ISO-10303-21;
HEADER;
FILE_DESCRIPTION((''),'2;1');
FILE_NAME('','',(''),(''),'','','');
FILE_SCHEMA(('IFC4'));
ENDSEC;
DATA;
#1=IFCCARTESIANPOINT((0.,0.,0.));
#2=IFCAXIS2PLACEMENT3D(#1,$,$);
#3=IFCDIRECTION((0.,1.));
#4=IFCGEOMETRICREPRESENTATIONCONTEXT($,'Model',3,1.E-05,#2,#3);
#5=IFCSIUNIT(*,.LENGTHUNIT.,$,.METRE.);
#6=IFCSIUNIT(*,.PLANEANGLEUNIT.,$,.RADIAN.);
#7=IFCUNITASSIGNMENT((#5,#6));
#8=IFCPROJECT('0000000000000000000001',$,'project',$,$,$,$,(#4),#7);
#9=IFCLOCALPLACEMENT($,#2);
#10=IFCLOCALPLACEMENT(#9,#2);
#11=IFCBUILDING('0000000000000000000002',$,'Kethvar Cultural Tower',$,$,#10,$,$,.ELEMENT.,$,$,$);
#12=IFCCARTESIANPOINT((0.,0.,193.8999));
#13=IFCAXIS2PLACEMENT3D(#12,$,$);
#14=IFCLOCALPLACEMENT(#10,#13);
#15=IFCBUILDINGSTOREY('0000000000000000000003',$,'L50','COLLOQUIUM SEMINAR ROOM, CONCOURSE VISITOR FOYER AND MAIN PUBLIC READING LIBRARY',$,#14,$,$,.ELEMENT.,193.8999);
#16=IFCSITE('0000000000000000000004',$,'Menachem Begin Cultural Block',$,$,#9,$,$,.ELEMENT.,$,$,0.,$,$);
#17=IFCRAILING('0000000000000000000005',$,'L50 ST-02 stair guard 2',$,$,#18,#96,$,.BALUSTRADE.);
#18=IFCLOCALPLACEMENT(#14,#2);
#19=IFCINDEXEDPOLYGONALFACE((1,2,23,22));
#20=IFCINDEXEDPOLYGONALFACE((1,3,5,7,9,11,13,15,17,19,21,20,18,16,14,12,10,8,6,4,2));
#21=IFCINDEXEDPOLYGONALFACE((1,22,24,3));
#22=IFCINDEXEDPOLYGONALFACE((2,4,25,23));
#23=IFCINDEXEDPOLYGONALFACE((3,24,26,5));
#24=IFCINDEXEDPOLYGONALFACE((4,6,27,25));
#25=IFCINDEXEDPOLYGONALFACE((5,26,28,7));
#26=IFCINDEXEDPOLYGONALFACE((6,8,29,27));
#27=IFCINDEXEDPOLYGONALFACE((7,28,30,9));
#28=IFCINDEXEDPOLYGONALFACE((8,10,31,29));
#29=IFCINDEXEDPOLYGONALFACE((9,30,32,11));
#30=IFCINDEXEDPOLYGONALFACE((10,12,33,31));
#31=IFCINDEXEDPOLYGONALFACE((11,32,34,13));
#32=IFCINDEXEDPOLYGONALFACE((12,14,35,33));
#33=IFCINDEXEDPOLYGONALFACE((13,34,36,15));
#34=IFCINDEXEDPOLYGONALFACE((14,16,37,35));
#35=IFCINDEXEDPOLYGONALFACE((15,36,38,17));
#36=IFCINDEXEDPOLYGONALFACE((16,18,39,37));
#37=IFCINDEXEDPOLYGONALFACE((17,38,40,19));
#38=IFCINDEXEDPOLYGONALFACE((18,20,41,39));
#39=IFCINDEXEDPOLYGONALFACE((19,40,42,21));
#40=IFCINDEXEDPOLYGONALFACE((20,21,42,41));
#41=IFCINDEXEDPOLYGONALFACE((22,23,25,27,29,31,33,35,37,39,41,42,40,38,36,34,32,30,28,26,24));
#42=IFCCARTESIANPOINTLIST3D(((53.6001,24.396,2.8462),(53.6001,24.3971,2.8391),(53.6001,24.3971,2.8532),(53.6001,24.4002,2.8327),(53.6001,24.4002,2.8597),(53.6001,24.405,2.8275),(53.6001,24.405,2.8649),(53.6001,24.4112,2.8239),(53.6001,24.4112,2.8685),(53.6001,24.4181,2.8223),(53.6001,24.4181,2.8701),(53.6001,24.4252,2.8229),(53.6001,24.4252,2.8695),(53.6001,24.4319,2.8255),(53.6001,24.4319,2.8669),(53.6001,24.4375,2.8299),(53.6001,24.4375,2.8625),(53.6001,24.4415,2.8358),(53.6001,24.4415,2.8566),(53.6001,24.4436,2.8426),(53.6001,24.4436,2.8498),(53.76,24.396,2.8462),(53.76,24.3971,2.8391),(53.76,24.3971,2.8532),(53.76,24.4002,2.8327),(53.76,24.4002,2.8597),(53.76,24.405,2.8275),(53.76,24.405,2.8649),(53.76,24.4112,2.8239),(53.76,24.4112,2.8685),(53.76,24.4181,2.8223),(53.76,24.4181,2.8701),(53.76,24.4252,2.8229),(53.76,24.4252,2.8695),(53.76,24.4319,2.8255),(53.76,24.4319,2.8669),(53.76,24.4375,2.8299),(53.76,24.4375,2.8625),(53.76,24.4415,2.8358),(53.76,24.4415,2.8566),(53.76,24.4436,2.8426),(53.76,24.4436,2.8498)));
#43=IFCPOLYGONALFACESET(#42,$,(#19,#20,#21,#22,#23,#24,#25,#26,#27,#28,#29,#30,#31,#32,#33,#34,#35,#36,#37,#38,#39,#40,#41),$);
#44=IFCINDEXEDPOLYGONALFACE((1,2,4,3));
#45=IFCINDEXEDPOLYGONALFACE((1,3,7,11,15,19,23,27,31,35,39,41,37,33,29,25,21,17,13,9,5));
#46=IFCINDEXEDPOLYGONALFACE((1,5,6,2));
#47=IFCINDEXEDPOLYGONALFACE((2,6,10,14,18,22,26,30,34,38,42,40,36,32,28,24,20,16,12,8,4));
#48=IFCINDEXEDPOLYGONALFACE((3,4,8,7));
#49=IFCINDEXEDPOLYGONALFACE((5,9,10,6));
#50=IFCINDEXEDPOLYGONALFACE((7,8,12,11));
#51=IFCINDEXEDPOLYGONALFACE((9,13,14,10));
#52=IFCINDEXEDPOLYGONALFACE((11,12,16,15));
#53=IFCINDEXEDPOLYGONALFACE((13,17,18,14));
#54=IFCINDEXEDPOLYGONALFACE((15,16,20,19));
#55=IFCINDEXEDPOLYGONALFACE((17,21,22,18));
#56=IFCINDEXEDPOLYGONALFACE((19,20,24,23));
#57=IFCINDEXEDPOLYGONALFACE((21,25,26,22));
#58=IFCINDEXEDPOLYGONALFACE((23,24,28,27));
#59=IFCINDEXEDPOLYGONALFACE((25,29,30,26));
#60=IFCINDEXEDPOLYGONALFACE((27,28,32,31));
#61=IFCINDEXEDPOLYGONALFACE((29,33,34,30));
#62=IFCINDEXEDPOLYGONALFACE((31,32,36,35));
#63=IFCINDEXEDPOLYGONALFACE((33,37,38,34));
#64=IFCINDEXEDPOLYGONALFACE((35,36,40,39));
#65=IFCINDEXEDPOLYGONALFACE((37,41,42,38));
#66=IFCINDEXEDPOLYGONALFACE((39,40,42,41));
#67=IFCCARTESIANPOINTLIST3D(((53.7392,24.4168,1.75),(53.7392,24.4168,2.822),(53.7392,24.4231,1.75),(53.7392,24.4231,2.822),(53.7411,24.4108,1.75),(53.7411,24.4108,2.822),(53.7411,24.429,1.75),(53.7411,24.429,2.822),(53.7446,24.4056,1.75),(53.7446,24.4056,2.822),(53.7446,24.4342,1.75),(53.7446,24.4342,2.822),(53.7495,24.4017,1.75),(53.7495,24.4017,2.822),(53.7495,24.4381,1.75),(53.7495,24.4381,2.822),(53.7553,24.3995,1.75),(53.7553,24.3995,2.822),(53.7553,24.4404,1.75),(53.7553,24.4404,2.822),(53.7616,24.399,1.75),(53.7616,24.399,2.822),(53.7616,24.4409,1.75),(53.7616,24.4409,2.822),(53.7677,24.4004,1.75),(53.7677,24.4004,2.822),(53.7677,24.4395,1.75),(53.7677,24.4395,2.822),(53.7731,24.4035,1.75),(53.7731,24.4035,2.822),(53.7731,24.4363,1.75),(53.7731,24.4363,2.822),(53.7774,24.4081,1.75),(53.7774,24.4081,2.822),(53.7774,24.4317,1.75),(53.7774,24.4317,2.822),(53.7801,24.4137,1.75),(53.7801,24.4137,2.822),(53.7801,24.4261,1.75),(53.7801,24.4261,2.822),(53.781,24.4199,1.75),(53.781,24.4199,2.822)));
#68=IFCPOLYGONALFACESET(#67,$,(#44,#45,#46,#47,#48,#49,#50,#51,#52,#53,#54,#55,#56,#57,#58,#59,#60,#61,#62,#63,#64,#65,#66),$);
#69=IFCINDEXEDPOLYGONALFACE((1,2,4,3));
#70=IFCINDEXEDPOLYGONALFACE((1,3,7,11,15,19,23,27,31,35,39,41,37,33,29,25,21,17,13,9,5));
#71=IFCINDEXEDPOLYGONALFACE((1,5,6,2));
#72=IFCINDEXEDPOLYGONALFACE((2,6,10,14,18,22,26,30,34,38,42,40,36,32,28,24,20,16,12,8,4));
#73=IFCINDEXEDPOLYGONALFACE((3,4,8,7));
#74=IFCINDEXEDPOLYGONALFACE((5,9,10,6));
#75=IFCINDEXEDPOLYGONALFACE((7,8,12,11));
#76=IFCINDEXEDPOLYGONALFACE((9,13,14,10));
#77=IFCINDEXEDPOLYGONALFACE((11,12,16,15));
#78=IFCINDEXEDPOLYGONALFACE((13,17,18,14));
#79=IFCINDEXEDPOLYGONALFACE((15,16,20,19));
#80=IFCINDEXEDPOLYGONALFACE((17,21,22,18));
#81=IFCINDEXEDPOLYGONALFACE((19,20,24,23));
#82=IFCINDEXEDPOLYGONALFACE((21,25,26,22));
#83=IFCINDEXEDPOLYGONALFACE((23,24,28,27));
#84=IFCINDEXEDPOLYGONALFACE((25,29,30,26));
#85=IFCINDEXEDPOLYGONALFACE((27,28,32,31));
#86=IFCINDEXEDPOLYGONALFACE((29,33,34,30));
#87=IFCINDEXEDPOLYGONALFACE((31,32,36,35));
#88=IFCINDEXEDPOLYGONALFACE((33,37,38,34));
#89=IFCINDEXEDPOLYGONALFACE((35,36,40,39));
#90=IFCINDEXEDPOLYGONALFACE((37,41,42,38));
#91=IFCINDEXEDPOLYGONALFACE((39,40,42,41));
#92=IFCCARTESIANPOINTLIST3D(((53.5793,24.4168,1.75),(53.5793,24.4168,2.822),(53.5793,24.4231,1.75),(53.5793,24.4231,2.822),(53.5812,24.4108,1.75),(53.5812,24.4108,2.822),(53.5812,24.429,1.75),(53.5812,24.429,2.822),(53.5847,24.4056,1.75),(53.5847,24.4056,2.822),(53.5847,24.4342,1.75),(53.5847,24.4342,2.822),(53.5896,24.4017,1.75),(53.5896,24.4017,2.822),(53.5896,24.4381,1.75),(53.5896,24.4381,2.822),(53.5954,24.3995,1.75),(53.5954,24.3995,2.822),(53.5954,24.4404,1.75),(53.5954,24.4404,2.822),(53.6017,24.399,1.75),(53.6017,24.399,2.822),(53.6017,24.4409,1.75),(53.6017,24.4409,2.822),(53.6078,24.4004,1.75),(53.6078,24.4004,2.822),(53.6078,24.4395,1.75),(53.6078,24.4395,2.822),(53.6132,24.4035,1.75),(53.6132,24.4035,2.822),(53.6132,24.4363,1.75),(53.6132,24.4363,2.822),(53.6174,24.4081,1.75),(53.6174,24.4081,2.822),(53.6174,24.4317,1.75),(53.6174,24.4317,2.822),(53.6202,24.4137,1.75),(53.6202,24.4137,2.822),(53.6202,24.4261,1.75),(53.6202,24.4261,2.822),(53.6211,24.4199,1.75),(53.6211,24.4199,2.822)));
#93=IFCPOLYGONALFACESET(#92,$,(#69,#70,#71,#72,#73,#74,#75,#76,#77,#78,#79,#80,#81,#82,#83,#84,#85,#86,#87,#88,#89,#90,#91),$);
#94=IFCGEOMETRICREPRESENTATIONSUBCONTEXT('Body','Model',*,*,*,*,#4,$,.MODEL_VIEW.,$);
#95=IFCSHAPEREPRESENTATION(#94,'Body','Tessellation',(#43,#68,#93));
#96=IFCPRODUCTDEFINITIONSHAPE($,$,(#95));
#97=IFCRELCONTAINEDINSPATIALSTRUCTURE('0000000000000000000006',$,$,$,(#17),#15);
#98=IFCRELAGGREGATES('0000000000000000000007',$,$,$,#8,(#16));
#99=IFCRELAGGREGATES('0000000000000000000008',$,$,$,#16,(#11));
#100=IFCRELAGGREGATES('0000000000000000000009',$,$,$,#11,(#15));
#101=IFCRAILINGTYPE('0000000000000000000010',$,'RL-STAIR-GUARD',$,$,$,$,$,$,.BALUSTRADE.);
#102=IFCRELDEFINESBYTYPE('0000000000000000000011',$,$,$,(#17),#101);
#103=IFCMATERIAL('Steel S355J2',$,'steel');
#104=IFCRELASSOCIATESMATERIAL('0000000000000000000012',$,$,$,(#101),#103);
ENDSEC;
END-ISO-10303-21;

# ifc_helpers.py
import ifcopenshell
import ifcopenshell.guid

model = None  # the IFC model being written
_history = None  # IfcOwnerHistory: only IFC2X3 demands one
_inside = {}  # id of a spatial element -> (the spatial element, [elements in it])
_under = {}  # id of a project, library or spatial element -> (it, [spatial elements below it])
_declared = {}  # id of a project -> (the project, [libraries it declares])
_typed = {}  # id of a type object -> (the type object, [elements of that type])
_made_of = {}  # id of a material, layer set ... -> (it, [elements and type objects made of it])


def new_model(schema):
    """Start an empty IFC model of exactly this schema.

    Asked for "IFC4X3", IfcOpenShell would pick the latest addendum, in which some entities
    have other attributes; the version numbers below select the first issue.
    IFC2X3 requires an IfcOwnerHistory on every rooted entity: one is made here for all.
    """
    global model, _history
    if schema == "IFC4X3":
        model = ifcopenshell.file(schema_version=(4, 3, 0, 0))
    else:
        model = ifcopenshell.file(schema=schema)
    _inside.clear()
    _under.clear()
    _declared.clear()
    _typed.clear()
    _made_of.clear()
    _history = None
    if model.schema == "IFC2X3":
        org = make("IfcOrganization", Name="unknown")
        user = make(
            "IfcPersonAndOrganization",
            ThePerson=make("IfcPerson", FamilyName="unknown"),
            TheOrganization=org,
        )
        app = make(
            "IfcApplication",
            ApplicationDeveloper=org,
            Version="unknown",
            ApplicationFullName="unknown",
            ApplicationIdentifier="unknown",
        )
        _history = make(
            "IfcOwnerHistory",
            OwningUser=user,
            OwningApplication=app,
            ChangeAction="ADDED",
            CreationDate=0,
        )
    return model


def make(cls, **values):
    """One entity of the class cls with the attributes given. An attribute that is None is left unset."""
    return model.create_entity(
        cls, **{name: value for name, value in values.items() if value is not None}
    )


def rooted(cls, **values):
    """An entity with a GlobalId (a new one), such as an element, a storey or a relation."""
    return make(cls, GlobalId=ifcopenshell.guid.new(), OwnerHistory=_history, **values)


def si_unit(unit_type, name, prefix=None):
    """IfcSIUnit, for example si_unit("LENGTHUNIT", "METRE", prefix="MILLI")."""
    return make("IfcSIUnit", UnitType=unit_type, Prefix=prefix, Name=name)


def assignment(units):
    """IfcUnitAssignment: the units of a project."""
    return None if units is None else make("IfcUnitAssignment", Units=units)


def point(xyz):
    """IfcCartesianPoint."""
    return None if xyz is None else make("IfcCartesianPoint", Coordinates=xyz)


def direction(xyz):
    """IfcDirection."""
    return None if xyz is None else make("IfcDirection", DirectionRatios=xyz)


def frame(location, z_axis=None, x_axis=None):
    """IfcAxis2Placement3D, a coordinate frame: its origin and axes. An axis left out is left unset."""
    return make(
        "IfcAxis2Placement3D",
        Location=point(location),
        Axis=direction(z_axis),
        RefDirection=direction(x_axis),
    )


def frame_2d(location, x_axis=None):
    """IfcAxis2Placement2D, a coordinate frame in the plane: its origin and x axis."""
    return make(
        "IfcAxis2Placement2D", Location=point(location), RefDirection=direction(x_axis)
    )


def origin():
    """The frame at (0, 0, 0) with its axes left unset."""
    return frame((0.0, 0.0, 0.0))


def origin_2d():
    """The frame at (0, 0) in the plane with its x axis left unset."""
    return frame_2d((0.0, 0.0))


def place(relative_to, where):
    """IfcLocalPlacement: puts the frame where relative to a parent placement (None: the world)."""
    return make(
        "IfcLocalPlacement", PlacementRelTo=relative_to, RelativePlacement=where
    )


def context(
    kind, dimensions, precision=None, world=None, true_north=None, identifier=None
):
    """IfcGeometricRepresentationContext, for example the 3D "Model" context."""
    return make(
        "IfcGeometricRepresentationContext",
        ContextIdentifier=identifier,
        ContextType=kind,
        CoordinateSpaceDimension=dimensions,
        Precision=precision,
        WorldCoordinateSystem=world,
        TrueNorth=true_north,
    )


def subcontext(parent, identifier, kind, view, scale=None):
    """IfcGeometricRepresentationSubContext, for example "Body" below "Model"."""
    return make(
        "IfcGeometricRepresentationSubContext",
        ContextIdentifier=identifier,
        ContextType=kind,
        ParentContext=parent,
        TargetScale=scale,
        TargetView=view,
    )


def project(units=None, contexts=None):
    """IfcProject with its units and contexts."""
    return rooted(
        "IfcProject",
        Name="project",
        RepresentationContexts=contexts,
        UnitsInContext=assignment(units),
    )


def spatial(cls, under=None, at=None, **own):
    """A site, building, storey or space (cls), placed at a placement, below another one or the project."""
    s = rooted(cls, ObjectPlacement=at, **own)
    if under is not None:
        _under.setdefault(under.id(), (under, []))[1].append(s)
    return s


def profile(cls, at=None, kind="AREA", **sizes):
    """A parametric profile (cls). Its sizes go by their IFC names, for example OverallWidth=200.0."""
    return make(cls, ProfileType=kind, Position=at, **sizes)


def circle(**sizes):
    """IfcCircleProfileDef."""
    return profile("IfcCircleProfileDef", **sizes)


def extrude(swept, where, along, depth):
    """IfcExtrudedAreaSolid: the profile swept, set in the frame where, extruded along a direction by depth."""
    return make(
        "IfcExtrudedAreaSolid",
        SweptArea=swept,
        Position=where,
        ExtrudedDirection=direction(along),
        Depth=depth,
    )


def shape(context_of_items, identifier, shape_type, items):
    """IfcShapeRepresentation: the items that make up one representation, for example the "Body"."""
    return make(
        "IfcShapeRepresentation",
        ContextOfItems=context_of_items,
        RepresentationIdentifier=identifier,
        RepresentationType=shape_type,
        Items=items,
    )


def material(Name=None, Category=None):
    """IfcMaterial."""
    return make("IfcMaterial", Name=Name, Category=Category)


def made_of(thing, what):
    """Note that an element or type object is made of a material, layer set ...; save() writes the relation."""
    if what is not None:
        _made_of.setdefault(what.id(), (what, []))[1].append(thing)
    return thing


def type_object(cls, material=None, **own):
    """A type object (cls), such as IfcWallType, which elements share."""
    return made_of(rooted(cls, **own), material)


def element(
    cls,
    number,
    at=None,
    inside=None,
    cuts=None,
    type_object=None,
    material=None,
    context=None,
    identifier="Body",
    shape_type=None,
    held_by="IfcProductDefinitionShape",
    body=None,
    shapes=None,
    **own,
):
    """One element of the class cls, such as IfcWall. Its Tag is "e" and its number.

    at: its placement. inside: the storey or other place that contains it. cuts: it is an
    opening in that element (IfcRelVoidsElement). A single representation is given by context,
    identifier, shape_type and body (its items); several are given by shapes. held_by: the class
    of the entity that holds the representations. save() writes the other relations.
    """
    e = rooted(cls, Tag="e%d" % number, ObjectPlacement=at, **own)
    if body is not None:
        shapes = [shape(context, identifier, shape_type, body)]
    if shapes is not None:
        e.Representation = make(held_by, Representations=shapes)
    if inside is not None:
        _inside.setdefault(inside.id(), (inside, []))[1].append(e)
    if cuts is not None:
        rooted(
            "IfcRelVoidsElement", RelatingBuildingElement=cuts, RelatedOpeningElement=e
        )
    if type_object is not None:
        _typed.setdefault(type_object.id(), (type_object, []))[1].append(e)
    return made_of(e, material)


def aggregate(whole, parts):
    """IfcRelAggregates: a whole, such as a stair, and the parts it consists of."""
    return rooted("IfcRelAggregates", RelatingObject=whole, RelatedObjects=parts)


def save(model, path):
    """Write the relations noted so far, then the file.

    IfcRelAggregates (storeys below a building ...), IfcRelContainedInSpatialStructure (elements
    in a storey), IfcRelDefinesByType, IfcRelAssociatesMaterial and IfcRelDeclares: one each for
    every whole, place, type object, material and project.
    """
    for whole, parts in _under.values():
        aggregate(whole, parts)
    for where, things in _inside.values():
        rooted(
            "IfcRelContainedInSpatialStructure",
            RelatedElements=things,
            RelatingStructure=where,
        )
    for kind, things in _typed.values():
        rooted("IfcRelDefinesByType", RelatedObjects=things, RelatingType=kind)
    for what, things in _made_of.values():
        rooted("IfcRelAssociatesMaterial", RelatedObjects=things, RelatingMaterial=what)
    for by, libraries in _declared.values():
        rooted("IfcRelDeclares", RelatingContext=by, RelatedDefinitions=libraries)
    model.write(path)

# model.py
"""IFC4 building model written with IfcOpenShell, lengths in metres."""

from ifc_helpers import new_model, si_unit, direction, frame, origin, origin_2d, place, context, subcontext, project, spatial, circle, extrude, material, type_object, element, save


model = new_model("IFC4")

# Units and contexts
model_context = context("Model", 3, precision=1e-05, world=origin(), true_north=direction((0.0, 1.0)))
body_context = subcontext(model_context, "Body", "Model", "MODEL_VIEW")
ifc_project = project(units=[si_unit("LENGTHUNIT", "METRE"), si_unit("PLANEANGLEUNIT", "RADIAN")], contexts=[model_context])

# Site, building, storey
site_placement = place(None, origin())
site = spatial("IfcSite", under=ifc_project, at=site_placement, Name="Menachem Begin Cultural Block", CompositionType="ELEMENT", RefElevation=0.0)
building_placement = place(site_placement, origin())
building = spatial("IfcBuilding", under=site, at=building_placement, Name="Kethvar Cultural Tower", CompositionType="ELEMENT")
storey_placement = place(building_placement, frame((0.0, 0.0, 193.8999)))
storey = spatial("IfcBuildingStorey", under=building, at=storey_placement, Name="L50", Description="COLLOQUIUM SEMINAR ROOM, CONCOURSE VISITOR FOYER AND MAIN PUBLIC READING LIBRARY", CompositionType="ELEMENT", Elevation=193.8999)

# Shared definitions
ifc_material_1 = material(Name="Steel S355J2", Category="steel")

# Railing
railing_type_1 = type_object("IfcRailingType", Name="RL-STAIR-GUARD", PredefinedType="BALUSTRADE", material=ifc_material_1)
railing_1_placement = place(storey_placement, frame((53.76, 24.4199, 1.75)))
element("IfcRailing", 1, at=railing_1_placement, inside=storey, type_object=railing_type_1, Name="L50 ST-02 stair guard 2", PredefinedType="BALUSTRADE", context=body_context, shape_type="SweptSolid", body=[
    extrude(circle(Radius=0.0239, at=origin_2d()), frame((0.0, 0.0, 1.0962), z_axis=(-1.0, 0.0, 0.0), x_axis=(0.0, -1.0, 0.0)), (0.0, 0.0, 1.0), 0.1599),
    extrude(circle(Radius=0.021, at=origin_2d()), origin(), (0.0, 0.0, 1.0), 1.072),
    extrude(circle(Radius=0.021, at=origin_2d()), frame((-0.1599, 0.0, 0.0)), (0.0, 0.0, 1.0), 1.072),
])

save(model, "model.ifc")
